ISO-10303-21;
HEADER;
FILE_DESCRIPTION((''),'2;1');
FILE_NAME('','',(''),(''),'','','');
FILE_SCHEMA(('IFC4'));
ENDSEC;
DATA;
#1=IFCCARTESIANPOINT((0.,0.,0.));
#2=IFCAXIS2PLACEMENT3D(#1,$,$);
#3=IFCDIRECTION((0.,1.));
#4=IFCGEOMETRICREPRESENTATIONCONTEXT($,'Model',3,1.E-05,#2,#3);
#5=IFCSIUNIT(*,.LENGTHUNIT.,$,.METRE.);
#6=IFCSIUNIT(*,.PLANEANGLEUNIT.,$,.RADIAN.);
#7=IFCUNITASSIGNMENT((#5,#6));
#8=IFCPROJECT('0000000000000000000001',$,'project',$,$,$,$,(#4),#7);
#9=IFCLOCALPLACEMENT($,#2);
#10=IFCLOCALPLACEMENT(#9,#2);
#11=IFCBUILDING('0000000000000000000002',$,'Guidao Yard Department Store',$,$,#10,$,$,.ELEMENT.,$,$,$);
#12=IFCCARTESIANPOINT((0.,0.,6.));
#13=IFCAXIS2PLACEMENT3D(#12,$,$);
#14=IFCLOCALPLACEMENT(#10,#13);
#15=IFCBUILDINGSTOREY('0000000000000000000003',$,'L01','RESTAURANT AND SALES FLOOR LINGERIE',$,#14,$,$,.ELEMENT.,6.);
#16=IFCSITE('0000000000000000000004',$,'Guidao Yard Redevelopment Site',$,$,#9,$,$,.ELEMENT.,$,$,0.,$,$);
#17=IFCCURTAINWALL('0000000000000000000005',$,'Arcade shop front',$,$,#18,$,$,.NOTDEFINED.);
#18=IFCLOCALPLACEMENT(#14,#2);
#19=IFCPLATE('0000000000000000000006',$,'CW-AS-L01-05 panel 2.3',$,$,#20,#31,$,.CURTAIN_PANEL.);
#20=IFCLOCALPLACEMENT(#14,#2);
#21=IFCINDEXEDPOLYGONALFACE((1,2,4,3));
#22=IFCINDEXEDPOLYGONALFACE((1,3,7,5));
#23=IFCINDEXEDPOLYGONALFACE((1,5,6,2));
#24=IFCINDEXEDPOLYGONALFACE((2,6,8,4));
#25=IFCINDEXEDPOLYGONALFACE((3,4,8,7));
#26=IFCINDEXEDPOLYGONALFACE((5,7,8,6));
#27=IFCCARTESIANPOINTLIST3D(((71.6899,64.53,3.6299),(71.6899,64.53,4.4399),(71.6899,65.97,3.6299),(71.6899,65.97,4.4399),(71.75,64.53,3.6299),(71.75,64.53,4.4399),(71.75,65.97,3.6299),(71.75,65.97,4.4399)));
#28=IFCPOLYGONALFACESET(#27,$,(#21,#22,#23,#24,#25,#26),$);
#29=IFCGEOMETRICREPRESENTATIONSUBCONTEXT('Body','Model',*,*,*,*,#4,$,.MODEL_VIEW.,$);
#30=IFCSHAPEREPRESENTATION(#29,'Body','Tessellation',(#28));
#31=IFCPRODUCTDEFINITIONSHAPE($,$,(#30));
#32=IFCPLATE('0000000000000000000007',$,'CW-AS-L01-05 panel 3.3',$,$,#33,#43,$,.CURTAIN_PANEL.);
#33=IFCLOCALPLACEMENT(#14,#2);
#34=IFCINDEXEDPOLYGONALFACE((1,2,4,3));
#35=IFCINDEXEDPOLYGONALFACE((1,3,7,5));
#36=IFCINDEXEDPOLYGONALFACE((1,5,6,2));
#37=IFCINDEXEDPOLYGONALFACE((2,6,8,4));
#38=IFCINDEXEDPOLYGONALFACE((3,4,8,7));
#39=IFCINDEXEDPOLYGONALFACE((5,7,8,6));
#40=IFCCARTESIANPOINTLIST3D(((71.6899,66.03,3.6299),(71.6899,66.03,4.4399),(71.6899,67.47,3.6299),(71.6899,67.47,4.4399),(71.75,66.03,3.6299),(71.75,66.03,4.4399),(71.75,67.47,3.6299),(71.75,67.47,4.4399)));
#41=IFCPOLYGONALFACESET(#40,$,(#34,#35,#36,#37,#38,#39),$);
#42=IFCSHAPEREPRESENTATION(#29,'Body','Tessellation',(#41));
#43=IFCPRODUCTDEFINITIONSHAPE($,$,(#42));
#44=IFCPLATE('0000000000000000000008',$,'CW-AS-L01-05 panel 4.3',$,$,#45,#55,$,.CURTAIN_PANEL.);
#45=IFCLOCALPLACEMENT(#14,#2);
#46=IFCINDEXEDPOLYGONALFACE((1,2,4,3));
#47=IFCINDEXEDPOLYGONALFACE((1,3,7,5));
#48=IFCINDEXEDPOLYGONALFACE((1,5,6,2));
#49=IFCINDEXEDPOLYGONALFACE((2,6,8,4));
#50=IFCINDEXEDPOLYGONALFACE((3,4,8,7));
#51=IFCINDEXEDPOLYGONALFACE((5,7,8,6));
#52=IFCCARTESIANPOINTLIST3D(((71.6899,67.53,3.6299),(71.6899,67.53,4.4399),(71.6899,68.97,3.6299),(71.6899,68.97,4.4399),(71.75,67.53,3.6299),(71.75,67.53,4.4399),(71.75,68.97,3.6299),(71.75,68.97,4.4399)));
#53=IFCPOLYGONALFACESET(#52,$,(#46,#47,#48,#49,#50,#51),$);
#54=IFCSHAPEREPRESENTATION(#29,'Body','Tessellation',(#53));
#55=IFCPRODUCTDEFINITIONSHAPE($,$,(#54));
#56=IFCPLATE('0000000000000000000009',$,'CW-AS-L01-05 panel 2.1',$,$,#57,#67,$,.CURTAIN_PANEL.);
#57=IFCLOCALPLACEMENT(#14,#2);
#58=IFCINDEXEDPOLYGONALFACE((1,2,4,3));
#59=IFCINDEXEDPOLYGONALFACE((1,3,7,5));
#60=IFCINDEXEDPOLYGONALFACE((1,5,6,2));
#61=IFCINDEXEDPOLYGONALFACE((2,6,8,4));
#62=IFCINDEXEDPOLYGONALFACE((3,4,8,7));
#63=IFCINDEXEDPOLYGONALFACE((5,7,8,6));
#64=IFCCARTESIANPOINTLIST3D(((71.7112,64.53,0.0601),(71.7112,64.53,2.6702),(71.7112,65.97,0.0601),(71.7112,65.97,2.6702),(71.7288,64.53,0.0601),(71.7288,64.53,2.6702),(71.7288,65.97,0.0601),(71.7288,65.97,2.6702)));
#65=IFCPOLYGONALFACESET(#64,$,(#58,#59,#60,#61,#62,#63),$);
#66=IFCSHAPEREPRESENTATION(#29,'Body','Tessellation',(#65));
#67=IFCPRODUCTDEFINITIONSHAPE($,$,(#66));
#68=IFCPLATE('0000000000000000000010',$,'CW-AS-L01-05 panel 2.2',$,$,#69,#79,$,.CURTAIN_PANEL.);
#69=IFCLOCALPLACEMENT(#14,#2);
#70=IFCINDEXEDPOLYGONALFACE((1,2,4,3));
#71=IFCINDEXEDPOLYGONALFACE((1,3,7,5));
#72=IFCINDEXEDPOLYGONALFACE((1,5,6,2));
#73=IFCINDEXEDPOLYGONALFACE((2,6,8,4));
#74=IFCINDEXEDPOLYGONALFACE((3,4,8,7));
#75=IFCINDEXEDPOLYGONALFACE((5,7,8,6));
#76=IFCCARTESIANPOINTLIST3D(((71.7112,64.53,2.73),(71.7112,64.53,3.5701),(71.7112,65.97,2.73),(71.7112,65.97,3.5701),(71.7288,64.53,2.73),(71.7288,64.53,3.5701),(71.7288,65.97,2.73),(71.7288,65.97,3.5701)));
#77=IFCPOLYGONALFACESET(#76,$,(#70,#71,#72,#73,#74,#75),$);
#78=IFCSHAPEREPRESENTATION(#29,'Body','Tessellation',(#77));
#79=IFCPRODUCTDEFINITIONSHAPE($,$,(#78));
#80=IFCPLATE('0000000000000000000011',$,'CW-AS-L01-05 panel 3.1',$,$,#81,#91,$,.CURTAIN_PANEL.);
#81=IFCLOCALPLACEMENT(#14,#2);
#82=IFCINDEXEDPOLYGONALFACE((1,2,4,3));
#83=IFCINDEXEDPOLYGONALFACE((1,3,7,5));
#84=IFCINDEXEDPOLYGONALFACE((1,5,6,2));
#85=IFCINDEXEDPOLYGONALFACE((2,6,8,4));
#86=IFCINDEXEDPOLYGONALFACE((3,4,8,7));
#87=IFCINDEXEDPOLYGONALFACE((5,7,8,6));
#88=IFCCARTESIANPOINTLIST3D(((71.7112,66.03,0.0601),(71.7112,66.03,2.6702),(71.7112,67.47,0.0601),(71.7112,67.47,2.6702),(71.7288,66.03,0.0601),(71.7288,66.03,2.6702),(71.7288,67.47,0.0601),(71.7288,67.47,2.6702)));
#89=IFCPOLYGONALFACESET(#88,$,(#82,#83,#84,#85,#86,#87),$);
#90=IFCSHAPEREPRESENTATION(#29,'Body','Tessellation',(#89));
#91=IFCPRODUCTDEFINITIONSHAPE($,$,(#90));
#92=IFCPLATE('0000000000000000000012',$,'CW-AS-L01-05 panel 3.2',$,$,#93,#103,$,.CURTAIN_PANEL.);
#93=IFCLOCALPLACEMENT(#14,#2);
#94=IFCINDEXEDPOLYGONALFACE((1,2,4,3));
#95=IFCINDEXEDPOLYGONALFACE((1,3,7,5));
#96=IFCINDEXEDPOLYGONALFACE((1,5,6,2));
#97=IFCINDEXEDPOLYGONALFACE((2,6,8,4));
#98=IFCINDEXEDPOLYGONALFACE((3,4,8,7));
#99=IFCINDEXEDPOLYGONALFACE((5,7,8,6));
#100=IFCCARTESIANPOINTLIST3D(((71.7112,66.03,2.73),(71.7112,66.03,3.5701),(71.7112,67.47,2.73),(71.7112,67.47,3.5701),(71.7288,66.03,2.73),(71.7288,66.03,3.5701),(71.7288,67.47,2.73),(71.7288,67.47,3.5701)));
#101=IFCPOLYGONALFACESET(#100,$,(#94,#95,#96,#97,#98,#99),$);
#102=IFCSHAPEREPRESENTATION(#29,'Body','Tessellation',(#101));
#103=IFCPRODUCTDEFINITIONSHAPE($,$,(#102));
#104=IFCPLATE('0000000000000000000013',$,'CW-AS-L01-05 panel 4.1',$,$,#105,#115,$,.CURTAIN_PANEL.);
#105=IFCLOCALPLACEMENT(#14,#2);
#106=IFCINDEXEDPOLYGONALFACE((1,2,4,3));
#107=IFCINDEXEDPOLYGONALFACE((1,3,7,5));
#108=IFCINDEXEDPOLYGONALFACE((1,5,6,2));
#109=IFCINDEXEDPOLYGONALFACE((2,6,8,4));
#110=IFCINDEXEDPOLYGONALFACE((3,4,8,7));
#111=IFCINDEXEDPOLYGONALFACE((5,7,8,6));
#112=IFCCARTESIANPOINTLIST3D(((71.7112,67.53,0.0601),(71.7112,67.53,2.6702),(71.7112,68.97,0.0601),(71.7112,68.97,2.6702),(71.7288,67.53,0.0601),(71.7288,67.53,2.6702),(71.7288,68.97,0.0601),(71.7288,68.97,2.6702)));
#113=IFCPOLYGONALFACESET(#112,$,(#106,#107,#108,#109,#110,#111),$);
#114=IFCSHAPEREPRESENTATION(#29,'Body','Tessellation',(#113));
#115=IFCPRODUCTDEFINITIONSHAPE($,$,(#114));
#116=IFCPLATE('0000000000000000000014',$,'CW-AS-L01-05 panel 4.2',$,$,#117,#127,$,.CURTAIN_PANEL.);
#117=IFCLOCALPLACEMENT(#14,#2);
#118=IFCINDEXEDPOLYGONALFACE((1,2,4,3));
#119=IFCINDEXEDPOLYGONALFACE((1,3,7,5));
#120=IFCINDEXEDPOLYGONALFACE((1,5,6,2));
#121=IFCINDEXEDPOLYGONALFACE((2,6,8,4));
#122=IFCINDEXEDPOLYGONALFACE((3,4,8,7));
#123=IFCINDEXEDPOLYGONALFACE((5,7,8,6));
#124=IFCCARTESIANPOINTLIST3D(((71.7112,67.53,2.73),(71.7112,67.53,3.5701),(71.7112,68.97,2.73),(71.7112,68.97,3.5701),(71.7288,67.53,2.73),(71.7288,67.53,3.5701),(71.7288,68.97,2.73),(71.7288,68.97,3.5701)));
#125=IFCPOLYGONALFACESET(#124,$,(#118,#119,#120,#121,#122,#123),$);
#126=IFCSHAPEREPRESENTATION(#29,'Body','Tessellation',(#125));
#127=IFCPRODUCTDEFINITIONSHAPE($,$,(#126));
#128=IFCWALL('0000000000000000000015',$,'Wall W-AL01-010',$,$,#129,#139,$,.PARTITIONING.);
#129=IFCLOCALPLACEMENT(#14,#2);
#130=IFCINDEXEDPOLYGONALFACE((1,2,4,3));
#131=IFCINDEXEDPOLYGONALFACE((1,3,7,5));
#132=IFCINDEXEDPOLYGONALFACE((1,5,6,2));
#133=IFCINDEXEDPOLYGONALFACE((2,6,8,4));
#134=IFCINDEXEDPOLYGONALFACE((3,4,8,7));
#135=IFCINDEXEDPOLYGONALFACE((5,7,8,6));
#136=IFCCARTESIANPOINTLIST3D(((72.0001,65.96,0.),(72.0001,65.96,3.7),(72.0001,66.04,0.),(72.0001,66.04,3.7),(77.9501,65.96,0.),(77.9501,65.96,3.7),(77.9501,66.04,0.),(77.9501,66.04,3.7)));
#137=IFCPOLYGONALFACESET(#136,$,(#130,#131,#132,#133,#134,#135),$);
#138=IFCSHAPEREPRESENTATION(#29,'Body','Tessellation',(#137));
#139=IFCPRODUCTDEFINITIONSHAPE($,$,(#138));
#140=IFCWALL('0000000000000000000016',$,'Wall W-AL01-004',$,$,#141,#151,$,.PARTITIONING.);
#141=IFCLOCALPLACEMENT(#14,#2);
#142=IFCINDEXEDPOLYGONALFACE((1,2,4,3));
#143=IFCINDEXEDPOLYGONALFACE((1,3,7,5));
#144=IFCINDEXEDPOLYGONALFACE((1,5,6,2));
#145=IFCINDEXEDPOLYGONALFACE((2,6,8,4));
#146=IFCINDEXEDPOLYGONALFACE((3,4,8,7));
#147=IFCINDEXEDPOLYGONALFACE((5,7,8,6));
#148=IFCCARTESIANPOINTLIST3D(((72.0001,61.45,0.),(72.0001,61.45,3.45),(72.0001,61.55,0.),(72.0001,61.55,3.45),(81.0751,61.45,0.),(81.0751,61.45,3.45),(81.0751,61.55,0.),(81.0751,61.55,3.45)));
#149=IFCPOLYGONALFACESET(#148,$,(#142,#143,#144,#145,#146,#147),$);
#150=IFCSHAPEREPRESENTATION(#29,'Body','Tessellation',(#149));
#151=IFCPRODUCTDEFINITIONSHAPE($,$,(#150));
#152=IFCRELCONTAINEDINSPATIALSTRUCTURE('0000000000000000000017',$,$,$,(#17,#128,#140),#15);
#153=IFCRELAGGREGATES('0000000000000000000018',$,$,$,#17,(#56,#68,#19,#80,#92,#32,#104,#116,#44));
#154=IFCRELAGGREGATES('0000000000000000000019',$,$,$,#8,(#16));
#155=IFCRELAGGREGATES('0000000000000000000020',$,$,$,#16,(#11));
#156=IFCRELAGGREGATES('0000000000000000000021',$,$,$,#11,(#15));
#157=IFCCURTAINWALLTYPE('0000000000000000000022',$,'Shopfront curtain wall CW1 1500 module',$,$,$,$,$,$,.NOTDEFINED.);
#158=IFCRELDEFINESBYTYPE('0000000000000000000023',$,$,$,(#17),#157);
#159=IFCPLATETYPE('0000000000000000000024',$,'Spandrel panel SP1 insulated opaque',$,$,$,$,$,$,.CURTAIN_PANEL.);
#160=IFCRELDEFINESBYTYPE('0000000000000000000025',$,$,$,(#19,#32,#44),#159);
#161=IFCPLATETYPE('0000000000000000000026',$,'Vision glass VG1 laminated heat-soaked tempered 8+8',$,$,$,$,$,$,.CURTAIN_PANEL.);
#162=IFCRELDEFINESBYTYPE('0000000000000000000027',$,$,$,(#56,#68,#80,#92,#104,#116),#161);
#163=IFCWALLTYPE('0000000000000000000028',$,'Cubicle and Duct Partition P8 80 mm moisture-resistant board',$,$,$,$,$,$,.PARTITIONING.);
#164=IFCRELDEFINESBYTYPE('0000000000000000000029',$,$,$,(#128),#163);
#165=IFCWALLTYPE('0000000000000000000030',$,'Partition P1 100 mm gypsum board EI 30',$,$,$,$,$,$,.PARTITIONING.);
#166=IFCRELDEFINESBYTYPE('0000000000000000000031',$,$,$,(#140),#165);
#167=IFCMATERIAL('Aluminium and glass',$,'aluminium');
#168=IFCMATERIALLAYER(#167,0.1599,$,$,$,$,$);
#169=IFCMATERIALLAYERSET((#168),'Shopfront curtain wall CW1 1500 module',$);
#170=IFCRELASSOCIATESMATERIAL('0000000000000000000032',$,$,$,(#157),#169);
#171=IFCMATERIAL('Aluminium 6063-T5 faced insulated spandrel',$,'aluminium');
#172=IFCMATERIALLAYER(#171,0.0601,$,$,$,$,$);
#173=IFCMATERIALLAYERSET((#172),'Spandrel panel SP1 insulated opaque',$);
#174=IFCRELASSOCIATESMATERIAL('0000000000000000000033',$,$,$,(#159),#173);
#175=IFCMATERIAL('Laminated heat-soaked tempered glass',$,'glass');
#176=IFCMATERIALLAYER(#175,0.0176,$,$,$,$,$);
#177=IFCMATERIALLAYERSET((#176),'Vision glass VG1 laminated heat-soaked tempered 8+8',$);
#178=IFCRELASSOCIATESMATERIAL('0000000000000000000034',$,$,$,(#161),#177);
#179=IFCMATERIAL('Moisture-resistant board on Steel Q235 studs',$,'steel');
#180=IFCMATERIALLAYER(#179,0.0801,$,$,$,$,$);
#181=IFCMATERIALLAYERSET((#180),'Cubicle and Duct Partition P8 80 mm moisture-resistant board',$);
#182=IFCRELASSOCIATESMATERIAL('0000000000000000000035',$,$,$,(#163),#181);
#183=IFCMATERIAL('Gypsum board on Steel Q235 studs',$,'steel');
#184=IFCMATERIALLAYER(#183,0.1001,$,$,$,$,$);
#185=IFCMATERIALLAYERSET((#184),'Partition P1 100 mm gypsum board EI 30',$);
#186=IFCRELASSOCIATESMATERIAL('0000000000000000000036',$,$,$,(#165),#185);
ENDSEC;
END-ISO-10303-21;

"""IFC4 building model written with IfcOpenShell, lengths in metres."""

from ifc_helpers import new_model, si_unit, direction, frame, frame_2d, origin, origin_2d, place, context, subcontext, project, spatial, rectangle, extrude, material, layer, layer_set, type_object, element, aggregate, save


model = new_model("IFC4")

# Units and contexts
model_context = context("Model", 3, precision=1e-05, world=origin(), true_north=direction((0.0, 1.0)))
body_context = subcontext(model_context, "Body", "Model", "MODEL_VIEW")
ifc_project = project(units=[si_unit("LENGTHUNIT", "METRE"), si_unit("PLANEANGLEUNIT", "RADIAN")], contexts=[model_context])

# Site, building, storey
site_placement = place(None, origin())
site = spatial("IfcSite", under=ifc_project, at=site_placement, Name="Guidao Yard Redevelopment Site", CompositionType="ELEMENT", RefElevation=0.0)
building_placement = place(site_placement, origin())
building = spatial("IfcBuilding", under=site, at=building_placement, Name="Guidao Yard Department Store", CompositionType="ELEMENT")
storey_placement = place(building_placement, frame((0.0, 0.0, 6.0)))
storey = spatial("IfcBuildingStorey", under=building, at=storey_placement, Name="L01", Description="RESTAURANT AND SALES FLOOR LINGERIE", CompositionType="ELEMENT", Elevation=6.0)

# Curtain wall, plates
ifc_material_1 = material(Name="Aluminium and glass", Category="aluminium")
ifc_layer_1 = layer(ifc_material_1, 0.1599)
ifc_layer_set_1 = layer_set([ifc_layer_1], Name="Shopfront curtain wall CW1 1500 module")
curtain_wall_type = type_object("IfcCurtainWallType", Name="Shopfront curtain wall CW1 1500 module", PredefinedType="NOTDEFINED", material=ifc_layer_set_1)
curtain_wall_placement = place(storey_placement, origin())
curtain_wall = element("IfcCurtainWall", 1, at=curtain_wall_placement, inside=storey, type_object=curtain_wall_type, Name="Arcade shop front", PredefinedType="NOTDEFINED")
ifc_material_2 = material(Name="Aluminium 6063-T5 faced insulated spandrel", Category="aluminium")
ifc_layer_2 = layer(ifc_material_2, 0.0601)
ifc_layer_set_2 = layer_set([ifc_layer_2], Name="Spandrel panel SP1 insulated opaque")
plate_type_1 = type_object("IfcPlateType", Name="Spandrel panel SP1 insulated opaque", PredefinedType="CURTAIN_PANEL", material=ifc_layer_set_2)
plate_1_placement = place(storey_placement, frame((71.72, 65.25, 3.6299), z_axis=(0.0, 0.0, 1.0), x_axis=(0.0, 1.0, 0.0)))
plate_1 = element("IfcPlate", 2, at=plate_1_placement, type_object=plate_type_1, Name="CW-AS-L01-05 panel 2.3", PredefinedType="CURTAIN_PANEL", context=body_context, shape_type="SweptSolid", body=[
    extrude(rectangle(XDim=1.4399, YDim=0.0601, at=origin_2d()), origin(), (0.0, 0.0, 1.0), 0.8101),
])
plate_2_placement = place(storey_placement, frame((71.72, 66.75, 3.6299), z_axis=(0.0, 0.0, 1.0), x_axis=(0.0, 1.0, 0.0)))
plate_2 = element("IfcPlate", 3, at=plate_2_placement, type_object=plate_type_1, Name="CW-AS-L01-05 panel 3.3", PredefinedType="CURTAIN_PANEL", context=body_context, shape_type="SweptSolid", body=[
    extrude(rectangle(XDim=1.4399, YDim=0.0601, at=origin_2d()), origin(), (0.0, 0.0, 1.0), 0.8101),
])
plate_3_placement = place(storey_placement, frame((71.72, 68.25, 3.6299), z_axis=(0.0, 0.0, 1.0), x_axis=(0.0, 1.0, 0.0)))
plate_3 = element("IfcPlate", 4, at=plate_3_placement, type_object=plate_type_1, Name="CW-AS-L01-05 panel 4.3", PredefinedType="CURTAIN_PANEL", context=body_context, shape_type="SweptSolid", body=[
    extrude(rectangle(XDim=1.4399, YDim=0.0601, at=origin_2d()), origin(), (0.0, 0.0, 1.0), 0.8101),
])
ifc_material_3 = material(Name="Laminated heat-soaked tempered glass", Category="glass")
ifc_layer_3 = layer(ifc_material_3, 0.0176)
ifc_layer_set_3 = layer_set([ifc_layer_3], Name="Vision glass VG1 laminated heat-soaked tempered 8+8")
plate_type_2 = type_object("IfcPlateType", Name="Vision glass VG1 laminated heat-soaked tempered 8+8", PredefinedType="CURTAIN_PANEL", material=ifc_layer_set_3)
plate_4_placement = place(storey_placement, frame((71.72, 65.25, 0.0601), z_axis=(0.0, 0.0, 1.0), x_axis=(0.0, 1.0, 0.0)))
plate_4 = element("IfcPlate", 5, at=plate_4_placement, type_object=plate_type_2, Name="CW-AS-L01-05 panel 2.1", PredefinedType="CURTAIN_PANEL", context=body_context, shape_type="SweptSolid", body=[
    extrude(rectangle(XDim=1.4399, YDim=0.0176, at=origin_2d()), origin(), (0.0, 0.0, 1.0), 2.6101),
])
plate_5_placement = place(storey_placement, frame((71.72, 65.25, 2.73), z_axis=(0.0, 0.0, 1.0), x_axis=(0.0, 1.0, 0.0)))
plate_5 = element("IfcPlate", 6, at=plate_5_placement, type_object=plate_type_2, Name="CW-AS-L01-05 panel 2.2", PredefinedType="CURTAIN_PANEL", context=body_context, shape_type="SweptSolid", body=[
    extrude(rectangle(XDim=1.4399, YDim=0.0176, at=origin_2d()), origin(), (0.0, 0.0, 1.0), 0.8401),
])
plate_6_placement = place(storey_placement, frame((71.72, 66.75, 0.0601), z_axis=(0.0, 0.0, 1.0), x_axis=(0.0, 1.0, 0.0)))
plate_6 = element("IfcPlate", 7, at=plate_6_placement, type_object=plate_type_2, Name="CW-AS-L01-05 panel 3.1", PredefinedType="CURTAIN_PANEL", context=body_context, shape_type="SweptSolid", body=[
    extrude(rectangle(XDim=1.4399, YDim=0.0176, at=origin_2d()), origin(), (0.0, 0.0, 1.0), 2.6101),
])
plate_7_placement = place(storey_placement, frame((71.72, 66.75, 2.73), z_axis=(0.0, 0.0, 1.0), x_axis=(0.0, 1.0, 0.0)))
plate_7 = element("IfcPlate", 8, at=plate_7_placement, type_object=plate_type_2, Name="CW-AS-L01-05 panel 3.2", PredefinedType="CURTAIN_PANEL", context=body_context, shape_type="SweptSolid", body=[
    extrude(rectangle(XDim=1.4399, YDim=0.0176, at=origin_2d()), origin(), (0.0, 0.0, 1.0), 0.8401),
])
plate_8_placement = place(storey_placement, frame((71.72, 68.25, 0.0601), z_axis=(0.0, 0.0, 1.0), x_axis=(0.0, 1.0, 0.0)))
plate_8 = element("IfcPlate", 9, at=plate_8_placement, type_object=plate_type_2, Name="CW-AS-L01-05 panel 4.1", PredefinedType="CURTAIN_PANEL", context=body_context, shape_type="SweptSolid", body=[
    extrude(rectangle(XDim=1.4399, YDim=0.0176, at=origin_2d()), origin(), (0.0, 0.0, 1.0), 2.6101),
])
plate_9_placement = place(storey_placement, frame((71.72, 68.25, 2.73), z_axis=(0.0, 0.0, 1.0), x_axis=(0.0, 1.0, 0.0)))
plate_9 = element("IfcPlate", 10, at=plate_9_placement, type_object=plate_type_2, Name="CW-AS-L01-05 panel 4.2", PredefinedType="CURTAIN_PANEL", context=body_context, shape_type="SweptSolid", body=[
    extrude(rectangle(XDim=1.4399, YDim=0.0176, at=origin_2d()), origin(), (0.0, 0.0, 1.0), 0.8401),
])
aggregate(curtain_wall, [plate_4, plate_5, plate_1, plate_6, plate_7, plate_2, plate_8, plate_9, plate_3])

# Walls
ifc_material_4 = material(Name="Moisture-resistant board on Steel Q235 studs", Category="steel")
ifc_layer_4 = layer(ifc_material_4, 0.0801)
ifc_layer_set_4 = layer_set([ifc_layer_4], Name="Cubicle and Duct Partition P8 80 mm moisture-resistant board")
wall_type_1 = type_object("IfcWallType", Name="Cubicle and Duct Partition P8 80 mm moisture-resistant board", PredefinedType="PARTITIONING", material=ifc_layer_set_4)
wall_1_placement = place(storey_placement, frame((72.0, 66.0, 0.0), z_axis=(0.0, 0.0, 1.0), x_axis=(1.0, 0.0, 0.0)))
element("IfcWall", 11, at=wall_1_placement, inside=storey, type_object=wall_type_1, Name="Wall W-AL01-010", PredefinedType="PARTITIONING", context=body_context, shape_type="SweptSolid", body=[
    extrude(rectangle(XDim=5.95, YDim=0.0801, at=frame_2d((2.9751, 0.0))), origin(), (0.0, 0.0, 1.0), 3.7),
])
ifc_material_5 = material(Name="Gypsum board on Steel Q235 studs", Category="steel")
ifc_layer_5 = layer(ifc_material_5, 0.1001)
ifc_layer_set_5 = layer_set([ifc_layer_5], Name="Partition P1 100 mm gypsum board EI 30")
wall_type_2 = type_object("IfcWallType", Name="Partition P1 100 mm gypsum board EI 30", PredefinedType="PARTITIONING", material=ifc_layer_set_5)
wall_2_placement = place(storey_placement, frame((72.0, 61.5, 0.0), z_axis=(0.0, 0.0, 1.0), x_axis=(1.0, 0.0, 0.0)))
element("IfcWall", 12, at=wall_2_placement, inside=storey, type_object=wall_type_2, Name="Wall W-AL01-004", PredefinedType="PARTITIONING", context=body_context, shape_type="SweptSolid", body=[
    extrude(rectangle(XDim=9.075, YDim=0.1001, at=frame_2d((4.5376, 0.0))), origin(), (0.0, 0.0, 1.0), 3.45),
])

save(model, "model.ifc")
